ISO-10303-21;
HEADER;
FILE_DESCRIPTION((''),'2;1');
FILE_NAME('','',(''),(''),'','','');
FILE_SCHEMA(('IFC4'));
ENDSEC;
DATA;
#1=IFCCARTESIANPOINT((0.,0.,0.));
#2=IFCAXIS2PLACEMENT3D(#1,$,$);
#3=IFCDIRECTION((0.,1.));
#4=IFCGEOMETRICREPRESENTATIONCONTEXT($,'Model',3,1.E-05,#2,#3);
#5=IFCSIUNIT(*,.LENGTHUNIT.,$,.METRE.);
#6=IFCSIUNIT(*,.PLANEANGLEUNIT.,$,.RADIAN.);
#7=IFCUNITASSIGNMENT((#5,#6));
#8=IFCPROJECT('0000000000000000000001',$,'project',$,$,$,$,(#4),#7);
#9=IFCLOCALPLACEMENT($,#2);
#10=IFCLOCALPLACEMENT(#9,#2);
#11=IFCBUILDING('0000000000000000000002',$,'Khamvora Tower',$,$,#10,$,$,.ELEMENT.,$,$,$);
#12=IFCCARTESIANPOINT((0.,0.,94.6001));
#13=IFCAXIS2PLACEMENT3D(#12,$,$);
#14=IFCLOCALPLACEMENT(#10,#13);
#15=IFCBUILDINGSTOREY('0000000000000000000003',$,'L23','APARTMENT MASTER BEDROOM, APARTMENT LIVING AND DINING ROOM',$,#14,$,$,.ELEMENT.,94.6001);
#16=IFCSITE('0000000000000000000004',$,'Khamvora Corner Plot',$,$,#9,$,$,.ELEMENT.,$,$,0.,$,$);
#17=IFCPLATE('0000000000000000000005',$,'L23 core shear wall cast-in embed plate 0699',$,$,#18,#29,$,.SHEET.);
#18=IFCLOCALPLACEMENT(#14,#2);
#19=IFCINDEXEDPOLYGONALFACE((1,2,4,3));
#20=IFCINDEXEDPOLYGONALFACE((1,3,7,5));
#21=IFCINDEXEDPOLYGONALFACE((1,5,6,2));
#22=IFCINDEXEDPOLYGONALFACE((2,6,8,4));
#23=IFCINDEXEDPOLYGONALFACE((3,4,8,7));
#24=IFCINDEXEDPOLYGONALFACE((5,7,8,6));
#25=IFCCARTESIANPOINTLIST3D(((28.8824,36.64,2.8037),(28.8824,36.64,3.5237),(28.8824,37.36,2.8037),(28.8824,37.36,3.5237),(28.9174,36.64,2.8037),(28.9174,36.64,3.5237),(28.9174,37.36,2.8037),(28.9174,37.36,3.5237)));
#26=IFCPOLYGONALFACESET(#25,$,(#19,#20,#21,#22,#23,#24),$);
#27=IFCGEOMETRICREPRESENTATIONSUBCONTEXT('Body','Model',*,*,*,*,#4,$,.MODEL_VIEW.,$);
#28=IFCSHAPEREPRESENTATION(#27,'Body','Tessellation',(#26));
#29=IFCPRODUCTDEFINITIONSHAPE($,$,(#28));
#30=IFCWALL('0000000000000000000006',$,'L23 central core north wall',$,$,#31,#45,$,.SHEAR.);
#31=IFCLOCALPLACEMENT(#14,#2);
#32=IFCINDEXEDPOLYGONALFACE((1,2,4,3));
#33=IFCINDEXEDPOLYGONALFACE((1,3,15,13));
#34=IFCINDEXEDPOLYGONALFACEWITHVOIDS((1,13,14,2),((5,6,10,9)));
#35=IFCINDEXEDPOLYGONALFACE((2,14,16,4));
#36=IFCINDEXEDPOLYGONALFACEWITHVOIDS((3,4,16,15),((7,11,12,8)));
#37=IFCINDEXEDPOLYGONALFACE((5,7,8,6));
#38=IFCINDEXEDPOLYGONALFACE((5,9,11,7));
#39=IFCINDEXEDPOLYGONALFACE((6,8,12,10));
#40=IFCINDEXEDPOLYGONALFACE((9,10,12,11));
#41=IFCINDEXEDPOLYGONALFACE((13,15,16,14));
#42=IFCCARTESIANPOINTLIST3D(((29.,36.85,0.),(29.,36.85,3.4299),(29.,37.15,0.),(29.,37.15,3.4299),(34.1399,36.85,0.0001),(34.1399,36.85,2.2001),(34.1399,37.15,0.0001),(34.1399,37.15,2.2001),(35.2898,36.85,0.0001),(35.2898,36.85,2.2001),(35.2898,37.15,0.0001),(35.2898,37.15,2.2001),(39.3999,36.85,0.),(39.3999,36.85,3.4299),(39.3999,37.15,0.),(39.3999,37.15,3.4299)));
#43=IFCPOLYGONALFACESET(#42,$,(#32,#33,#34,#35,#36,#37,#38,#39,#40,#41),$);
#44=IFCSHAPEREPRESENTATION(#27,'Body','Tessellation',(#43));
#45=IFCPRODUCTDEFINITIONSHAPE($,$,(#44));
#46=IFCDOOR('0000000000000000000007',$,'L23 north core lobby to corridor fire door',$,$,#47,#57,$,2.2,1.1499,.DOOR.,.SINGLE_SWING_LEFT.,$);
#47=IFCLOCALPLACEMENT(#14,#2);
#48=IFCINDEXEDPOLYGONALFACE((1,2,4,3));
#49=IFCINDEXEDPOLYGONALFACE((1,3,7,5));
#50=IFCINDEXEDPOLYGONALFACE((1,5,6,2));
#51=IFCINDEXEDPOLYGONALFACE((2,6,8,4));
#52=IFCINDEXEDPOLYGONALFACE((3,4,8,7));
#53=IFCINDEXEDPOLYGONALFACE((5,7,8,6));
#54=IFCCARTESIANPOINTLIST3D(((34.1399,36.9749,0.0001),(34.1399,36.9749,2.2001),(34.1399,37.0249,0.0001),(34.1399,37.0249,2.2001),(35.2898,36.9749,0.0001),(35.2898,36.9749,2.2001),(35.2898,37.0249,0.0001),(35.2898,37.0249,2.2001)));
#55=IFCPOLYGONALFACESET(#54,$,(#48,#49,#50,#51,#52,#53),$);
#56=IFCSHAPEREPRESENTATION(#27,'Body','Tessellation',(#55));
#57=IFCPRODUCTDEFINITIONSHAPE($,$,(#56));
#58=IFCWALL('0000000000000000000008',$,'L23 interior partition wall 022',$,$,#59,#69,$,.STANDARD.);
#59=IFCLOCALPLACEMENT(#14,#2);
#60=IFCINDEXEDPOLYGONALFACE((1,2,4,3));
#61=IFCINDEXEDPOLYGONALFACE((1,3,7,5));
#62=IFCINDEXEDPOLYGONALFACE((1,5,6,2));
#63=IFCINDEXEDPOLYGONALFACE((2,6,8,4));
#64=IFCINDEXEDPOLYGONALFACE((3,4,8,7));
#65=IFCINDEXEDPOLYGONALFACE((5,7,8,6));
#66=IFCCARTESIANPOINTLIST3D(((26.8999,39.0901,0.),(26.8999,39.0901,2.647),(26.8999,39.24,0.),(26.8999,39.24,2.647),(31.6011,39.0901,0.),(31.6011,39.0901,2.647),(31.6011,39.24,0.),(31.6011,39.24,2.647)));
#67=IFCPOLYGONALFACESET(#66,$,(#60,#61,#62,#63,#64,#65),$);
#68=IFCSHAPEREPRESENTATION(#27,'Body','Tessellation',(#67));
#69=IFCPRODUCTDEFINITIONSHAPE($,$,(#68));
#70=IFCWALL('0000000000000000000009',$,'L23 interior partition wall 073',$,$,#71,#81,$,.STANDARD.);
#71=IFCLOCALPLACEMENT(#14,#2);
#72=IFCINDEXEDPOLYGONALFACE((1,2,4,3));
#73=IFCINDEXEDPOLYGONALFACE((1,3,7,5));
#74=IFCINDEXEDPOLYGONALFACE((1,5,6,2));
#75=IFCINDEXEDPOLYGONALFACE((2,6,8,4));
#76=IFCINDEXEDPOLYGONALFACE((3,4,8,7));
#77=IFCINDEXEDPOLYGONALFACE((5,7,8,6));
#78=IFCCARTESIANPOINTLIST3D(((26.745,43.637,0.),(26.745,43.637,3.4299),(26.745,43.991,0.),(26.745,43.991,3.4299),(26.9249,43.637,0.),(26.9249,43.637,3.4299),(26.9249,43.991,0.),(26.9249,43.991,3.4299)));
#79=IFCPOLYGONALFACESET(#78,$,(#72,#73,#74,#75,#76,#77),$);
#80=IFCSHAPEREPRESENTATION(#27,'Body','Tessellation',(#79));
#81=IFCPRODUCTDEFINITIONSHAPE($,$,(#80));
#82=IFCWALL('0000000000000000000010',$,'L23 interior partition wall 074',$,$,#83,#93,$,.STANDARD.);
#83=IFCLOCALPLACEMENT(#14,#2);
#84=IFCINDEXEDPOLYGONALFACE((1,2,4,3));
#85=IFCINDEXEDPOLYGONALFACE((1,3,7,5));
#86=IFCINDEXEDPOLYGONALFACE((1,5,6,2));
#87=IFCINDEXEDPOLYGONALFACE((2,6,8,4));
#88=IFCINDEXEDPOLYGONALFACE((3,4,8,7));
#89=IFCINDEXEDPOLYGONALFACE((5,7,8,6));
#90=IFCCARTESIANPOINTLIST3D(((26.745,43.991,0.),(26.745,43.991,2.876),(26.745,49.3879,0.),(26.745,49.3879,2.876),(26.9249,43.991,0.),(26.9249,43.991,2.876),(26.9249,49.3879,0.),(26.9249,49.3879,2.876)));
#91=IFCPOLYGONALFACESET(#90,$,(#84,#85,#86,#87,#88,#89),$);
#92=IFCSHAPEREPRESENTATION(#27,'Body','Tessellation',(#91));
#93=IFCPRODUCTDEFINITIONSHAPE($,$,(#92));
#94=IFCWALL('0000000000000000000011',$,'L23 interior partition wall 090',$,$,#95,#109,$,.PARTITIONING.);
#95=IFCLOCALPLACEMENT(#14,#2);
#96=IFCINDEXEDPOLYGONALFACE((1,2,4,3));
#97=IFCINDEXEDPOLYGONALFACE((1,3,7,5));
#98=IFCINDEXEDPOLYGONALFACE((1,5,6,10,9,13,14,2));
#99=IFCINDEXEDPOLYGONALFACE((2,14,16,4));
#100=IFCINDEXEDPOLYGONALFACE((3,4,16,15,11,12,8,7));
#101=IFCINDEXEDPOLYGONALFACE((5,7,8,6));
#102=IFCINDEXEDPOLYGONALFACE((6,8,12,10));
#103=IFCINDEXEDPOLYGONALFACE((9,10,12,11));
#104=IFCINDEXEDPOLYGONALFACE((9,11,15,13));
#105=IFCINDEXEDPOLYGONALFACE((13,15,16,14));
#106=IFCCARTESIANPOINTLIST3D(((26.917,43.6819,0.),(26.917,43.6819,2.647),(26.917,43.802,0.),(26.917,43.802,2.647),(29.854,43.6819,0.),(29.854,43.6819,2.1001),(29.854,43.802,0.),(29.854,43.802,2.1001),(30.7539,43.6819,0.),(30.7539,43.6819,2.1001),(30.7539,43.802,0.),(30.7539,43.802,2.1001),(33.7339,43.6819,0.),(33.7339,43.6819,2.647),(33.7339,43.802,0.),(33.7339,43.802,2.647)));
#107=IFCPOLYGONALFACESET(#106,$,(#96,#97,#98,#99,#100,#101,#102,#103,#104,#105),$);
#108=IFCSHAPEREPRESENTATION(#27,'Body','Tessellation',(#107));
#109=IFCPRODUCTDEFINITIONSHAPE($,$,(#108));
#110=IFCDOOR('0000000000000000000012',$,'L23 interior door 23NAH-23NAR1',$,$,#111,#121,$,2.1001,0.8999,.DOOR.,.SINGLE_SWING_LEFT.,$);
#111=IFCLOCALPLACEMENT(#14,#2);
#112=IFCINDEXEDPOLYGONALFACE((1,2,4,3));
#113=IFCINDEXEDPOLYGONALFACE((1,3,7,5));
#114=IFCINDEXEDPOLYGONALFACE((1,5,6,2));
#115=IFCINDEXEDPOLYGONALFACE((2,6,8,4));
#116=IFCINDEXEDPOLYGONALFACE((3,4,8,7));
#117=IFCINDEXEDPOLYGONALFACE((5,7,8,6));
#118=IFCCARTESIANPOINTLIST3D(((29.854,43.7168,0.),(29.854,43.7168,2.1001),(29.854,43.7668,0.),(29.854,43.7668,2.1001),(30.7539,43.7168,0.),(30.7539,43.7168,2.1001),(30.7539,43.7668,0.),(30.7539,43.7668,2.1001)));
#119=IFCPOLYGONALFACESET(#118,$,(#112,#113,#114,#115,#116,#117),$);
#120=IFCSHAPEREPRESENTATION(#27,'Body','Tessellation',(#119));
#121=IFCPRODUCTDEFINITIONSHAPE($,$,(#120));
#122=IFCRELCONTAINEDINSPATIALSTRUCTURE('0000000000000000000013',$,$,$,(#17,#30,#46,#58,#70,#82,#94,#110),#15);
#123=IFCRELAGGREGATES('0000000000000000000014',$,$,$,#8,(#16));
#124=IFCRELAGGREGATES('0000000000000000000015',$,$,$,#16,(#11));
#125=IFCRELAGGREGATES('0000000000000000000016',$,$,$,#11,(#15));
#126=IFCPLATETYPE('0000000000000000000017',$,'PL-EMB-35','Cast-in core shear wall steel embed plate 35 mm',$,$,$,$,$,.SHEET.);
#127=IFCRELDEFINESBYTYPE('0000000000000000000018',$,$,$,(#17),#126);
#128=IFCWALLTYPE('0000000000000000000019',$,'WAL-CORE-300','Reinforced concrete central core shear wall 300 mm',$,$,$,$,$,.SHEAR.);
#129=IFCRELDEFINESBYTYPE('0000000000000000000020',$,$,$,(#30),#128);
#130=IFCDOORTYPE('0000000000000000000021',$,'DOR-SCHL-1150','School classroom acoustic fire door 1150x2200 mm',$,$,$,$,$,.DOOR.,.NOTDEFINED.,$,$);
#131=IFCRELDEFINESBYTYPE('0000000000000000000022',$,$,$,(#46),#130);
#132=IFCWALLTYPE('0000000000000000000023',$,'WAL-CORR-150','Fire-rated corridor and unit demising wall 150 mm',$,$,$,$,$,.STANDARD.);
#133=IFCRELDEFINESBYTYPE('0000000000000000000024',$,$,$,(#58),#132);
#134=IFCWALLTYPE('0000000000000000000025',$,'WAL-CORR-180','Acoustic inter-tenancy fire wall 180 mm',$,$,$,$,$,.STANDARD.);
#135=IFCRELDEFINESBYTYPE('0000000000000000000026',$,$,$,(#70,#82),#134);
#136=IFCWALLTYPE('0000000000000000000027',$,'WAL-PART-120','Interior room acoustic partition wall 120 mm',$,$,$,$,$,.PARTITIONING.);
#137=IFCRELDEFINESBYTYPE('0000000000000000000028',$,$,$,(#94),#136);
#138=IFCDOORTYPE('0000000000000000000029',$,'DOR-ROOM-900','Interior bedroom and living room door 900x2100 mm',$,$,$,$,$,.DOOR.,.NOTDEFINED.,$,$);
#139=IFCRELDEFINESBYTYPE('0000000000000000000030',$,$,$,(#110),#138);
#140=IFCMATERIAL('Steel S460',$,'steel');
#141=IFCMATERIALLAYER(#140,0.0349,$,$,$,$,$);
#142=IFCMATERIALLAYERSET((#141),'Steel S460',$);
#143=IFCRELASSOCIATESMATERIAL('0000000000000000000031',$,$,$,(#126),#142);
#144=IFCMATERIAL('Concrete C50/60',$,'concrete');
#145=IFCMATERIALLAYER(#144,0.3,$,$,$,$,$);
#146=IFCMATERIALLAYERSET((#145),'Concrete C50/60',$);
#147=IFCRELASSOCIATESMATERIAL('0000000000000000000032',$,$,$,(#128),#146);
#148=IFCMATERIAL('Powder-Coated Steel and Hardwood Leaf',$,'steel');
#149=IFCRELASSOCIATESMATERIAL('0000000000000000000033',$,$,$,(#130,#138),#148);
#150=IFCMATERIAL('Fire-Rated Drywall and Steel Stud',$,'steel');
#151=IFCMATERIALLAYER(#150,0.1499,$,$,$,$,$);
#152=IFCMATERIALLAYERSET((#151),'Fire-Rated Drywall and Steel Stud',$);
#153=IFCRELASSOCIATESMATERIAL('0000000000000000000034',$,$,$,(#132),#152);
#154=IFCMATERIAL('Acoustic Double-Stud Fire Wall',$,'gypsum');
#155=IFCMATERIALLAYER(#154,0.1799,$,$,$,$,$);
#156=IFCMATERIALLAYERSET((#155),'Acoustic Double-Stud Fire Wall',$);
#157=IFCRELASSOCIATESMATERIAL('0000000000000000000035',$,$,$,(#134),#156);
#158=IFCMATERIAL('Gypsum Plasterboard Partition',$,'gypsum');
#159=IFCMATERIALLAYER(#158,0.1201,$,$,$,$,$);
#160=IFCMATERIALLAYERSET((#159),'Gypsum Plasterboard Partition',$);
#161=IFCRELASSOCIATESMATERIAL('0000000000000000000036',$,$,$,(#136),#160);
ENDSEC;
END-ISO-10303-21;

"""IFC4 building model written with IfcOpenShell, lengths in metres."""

from ifc_helpers import new_model, si_unit, direction, frame, frame_2d, origin, origin_2d, place, context, subcontext, project, spatial, rectangle, extrude, material, layer, layer_set, type_object, element, fill, save


model = new_model("IFC4")

# Units and contexts
model_context = context("Model", 3, precision=1e-05, world=origin(), true_north=direction((0.0, 1.0)))
body_context = subcontext(model_context, "Body", "Model", "MODEL_VIEW")
ifc_project = project(units=[si_unit("LENGTHUNIT", "METRE"), si_unit("PLANEANGLEUNIT", "RADIAN")], contexts=[model_context])

# Site, building, storey
site_placement = place(None, origin())
site = spatial("IfcSite", under=ifc_project, at=site_placement, Name="Khamvora Corner Plot", CompositionType="ELEMENT", RefElevation=0.0)
building_placement = place(site_placement, origin())
building = spatial("IfcBuilding", under=site, at=building_placement, Name="Khamvora Tower", CompositionType="ELEMENT")
storey_placement = place(building_placement, frame((0.0, 0.0, 94.6001)))
storey = spatial("IfcBuildingStorey", under=building, at=storey_placement, Name="L23", Description="APARTMENT MASTER BEDROOM, APARTMENT LIVING AND DINING ROOM", CompositionType="ELEMENT", Elevation=94.6001)

# Shared definitions
ifc_material_1 = material(Name="Steel S460", Category="steel")

# Plate
ifc_layer_1 = layer(ifc_material_1, 0.0349)
ifc_layer_set_1 = layer_set([ifc_layer_1], Name="Steel S460")
plate_type = type_object("IfcPlateType", Name="PL-EMB-35", Description="Cast-in core shear wall steel embed plate 35 mm", PredefinedType="SHEET", material=ifc_layer_set_1)
for number, where, z_axis, x_axis, name in (
    (1, (28.8999, 37.0, 2.8037), (0.0, 0.0, 1.0), (1.0, 0.0, 0.0), "L23 core shear wall cast-in embed plate 0699"),
):
    element("IfcPlate", number, at=place(storey_placement, frame(where, z_axis=z_axis, x_axis=x_axis)), inside=storey, type_object=plate_type, Name=name, PredefinedType="SHEET", context=body_context, shape_type="SweptSolid", body=[
        extrude(rectangle(XDim=0.0349, YDim=0.72, at=origin_2d()), origin(), (0.0, 0.0, 1.0), 0.72),
    ])

# Wall, opening, door
ifc_material_2 = material(Name="Concrete C50/60", Category="concrete")
ifc_layer_2 = layer(ifc_material_2, 0.3)
ifc_layer_set_2 = layer_set([ifc_layer_2], Name="Concrete C50/60")
wall_type_1 = type_object("IfcWallType", Name="WAL-CORE-300", Description="Reinforced concrete central core shear wall 300 mm", PredefinedType="SHEAR", material=ifc_layer_set_2)
wall_1_placement = place(storey_placement, frame((29.0, 37.0, 0.0), z_axis=(0.0, 0.0, 1.0), x_axis=(1.0, 0.0, 0.0)))
wall_1 = element("IfcWall", 2, at=wall_1_placement, inside=storey, type_object=wall_type_1, Name="L23 central core north wall", PredefinedType="SHEAR", context=body_context, shape_type="SweptSolid", body=[
    extrude(rectangle(XDim=10.3999, YDim=0.3, at=frame_2d((5.2, 0.0))), origin(), (0.0, 0.0, 1.0), 3.4299),
])
opening_1_placement = place(wall_1_placement, frame((5.1399, 0.0, 0.0)))
opening_1 = element("IfcOpeningElement", 3, at=opening_1_placement, cuts=wall_1, PredefinedType="OPENING", context=body_context, shape_type="SweptSolid", body=[
    extrude(rectangle(XDim=1.1499, YDim=2.2, at=frame_2d((0.575, 1.1001))), frame((0.0, 0.1599, 0.0), z_axis=(0.0, -1.0, 0.0), x_axis=(1.0, 0.0, 0.0)), (0.0, 0.0, 1.0), 0.3201),
])
ifc_material_3 = material(Name="Powder-Coated Steel and Hardwood Leaf", Category="steel")
door_type_1 = type_object("IfcDoorType", Name="DOR-SCHL-1150", Description="School classroom acoustic fire door 1150x2200 mm", OperationType="NOTDEFINED", PredefinedType="DOOR", material=ifc_material_3)
door_1_placement = place(opening_1_placement, origin())
door_1 = element("IfcDoor", 4, at=door_1_placement, inside=storey, type_object=door_type_1, Name="L23 north core lobby to corridor fire door", OperationType="SINGLE_SWING_LEFT", OverallHeight=2.2, OverallWidth=1.1499, PredefinedType="DOOR", context=body_context, shape_type="SweptSolid", body=[
    extrude(rectangle(XDim=1.1499, YDim=2.2, at=frame_2d((0.575, 1.1001))), frame((0.0, 0.0249, 0.0), z_axis=(0.0, -1.0, 0.0), x_axis=(1.0, 0.0, 0.0)), (0.0, 0.0, 1.0), 0.05),
])
fill(opening_1, door_1)
ifc_material_4 = material(Name="Fire-Rated Drywall and Steel Stud", Category="steel")
ifc_layer_3 = layer(ifc_material_4, 0.1499)
ifc_layer_set_3 = layer_set([ifc_layer_3], Name="Fire-Rated Drywall and Steel Stud")
wall_type_2 = type_object("IfcWallType", Name="WAL-CORR-150", Description="Fire-rated corridor and unit demising wall 150 mm", PredefinedType="STANDARD", material=ifc_layer_set_3)

# Walls
wall_2_placement = place(storey_placement, frame((26.8999, 39.165, 0.0), z_axis=(0.0, 0.0, 1.0), x_axis=(1.0, 0.0, 0.0)))
element("IfcWall", 5, at=wall_2_placement, inside=storey, type_object=wall_type_2, Name="L23 interior partition wall 022", PredefinedType="STANDARD", context=body_context, shape_type="SweptSolid", body=[
    extrude(rectangle(XDim=4.7012, YDim=0.1499, at=frame_2d((2.3506, 0.0))), origin(), (0.0, 0.0, 1.0), 2.647),
])
ifc_material_5 = material(Name="Acoustic Double-Stud Fire Wall", Category="gypsum")
ifc_layer_4 = layer(ifc_material_5, 0.1799)
ifc_layer_set_4 = layer_set([ifc_layer_4], Name="Acoustic Double-Stud Fire Wall")
wall_type_3 = type_object("IfcWallType", Name="WAL-CORR-180", Description="Acoustic inter-tenancy fire wall 180 mm", PredefinedType="STANDARD", material=ifc_layer_set_4)
wall_3_placement = place(storey_placement, frame((26.835, 43.991, 0.0), z_axis=(0.0, 0.0, 1.0), x_axis=(0.0, -1.0, 0.0)))
element("IfcWall", 6, at=wall_3_placement, inside=storey, type_object=wall_type_3, Name="L23 interior partition wall 073", PredefinedType="STANDARD", context=body_context, shape_type="SweptSolid", body=[
    extrude(rectangle(XDim=0.354, YDim=0.1799, at=frame_2d((0.177, 0.0))), origin(), (0.0, 0.0, 1.0), 3.4299),
])
wall_4_placement = place(storey_placement, frame((26.835, 49.3879, 0.0), z_axis=(0.0, 0.0, 1.0), x_axis=(0.0, -1.0, 0.0)))
element("IfcWall", 7, at=wall_4_placement, inside=storey, type_object=wall_type_3, Name="L23 interior partition wall 074", PredefinedType="STANDARD", context=body_context, shape_type="SweptSolid", body=[
    extrude(rectangle(XDim=5.397, YDim=0.1799, at=frame_2d((2.6985, 0.0))), origin(), (0.0, 0.0, 1.0), 2.876),
])

# Wall, opening, door
ifc_material_6 = material(Name="Gypsum Plasterboard Partition", Category="gypsum")
ifc_layer_5 = layer(ifc_material_6, 0.1201)
ifc_layer_set_5 = layer_set([ifc_layer_5], Name="Gypsum Plasterboard Partition")
wall_type_4 = type_object("IfcWallType", Name="WAL-PART-120", Description="Interior room acoustic partition wall 120 mm", PredefinedType="PARTITIONING", material=ifc_layer_set_5)
wall_5_placement = place(storey_placement, frame((26.917, 43.7419, 0.0), z_axis=(0.0, 0.0, 1.0), x_axis=(1.0, 0.0, 0.0)))
wall_5 = element("IfcWall", 8, at=wall_5_placement, inside=storey, type_object=wall_type_4, Name="L23 interior partition wall 090", PredefinedType="PARTITIONING", context=body_context, shape_type="SweptSolid", body=[
    extrude(rectangle(XDim=6.8169, YDim=0.1201, at=frame_2d((3.4084, 0.0))), origin(), (0.0, 0.0, 1.0), 2.647),
])
opening_2_placement = place(wall_5_placement, frame((2.937, 0.0, 0.0)))
opening_2 = element("IfcOpeningElement", 9, at=opening_2_placement, cuts=wall_5, PredefinedType="OPENING", context=body_context, shape_type="SweptSolid", body=[
    extrude(rectangle(XDim=0.8999, YDim=2.1001, at=frame_2d((0.45, 1.05))), frame((0.0, 0.0701, 0.0), z_axis=(0.0, -1.0, 0.0), x_axis=(1.0, 0.0, 0.0)), (0.0, 0.0, 1.0), 0.1401),
])
door_type_2 = type_object("IfcDoorType", Name="DOR-ROOM-900", Description="Interior bedroom and living room door 900x2100 mm", OperationType="NOTDEFINED", PredefinedType="DOOR", material=ifc_material_3)
door_2_placement = place(opening_2_placement, origin())
door_2 = element("IfcDoor", 10, at=door_2_placement, inside=storey, type_object=door_type_2, Name="L23 interior door 23NAH-23NAR1", OperationType="SINGLE_SWING_LEFT", OverallHeight=2.1001, OverallWidth=0.8999, PredefinedType="DOOR", context=body_context, shape_type="SweptSolid", body=[
    extrude(rectangle(XDim=0.8999, YDim=2.1001, at=frame_2d((0.45, 1.05))), frame((0.0, 0.0249, 0.0), z_axis=(0.0, -1.0, 0.0), x_axis=(1.0, 0.0, 0.0)), (0.0, 0.0, 1.0), 0.05),
])
fill(opening_2, door_2)

save(model, "model.ifc")
